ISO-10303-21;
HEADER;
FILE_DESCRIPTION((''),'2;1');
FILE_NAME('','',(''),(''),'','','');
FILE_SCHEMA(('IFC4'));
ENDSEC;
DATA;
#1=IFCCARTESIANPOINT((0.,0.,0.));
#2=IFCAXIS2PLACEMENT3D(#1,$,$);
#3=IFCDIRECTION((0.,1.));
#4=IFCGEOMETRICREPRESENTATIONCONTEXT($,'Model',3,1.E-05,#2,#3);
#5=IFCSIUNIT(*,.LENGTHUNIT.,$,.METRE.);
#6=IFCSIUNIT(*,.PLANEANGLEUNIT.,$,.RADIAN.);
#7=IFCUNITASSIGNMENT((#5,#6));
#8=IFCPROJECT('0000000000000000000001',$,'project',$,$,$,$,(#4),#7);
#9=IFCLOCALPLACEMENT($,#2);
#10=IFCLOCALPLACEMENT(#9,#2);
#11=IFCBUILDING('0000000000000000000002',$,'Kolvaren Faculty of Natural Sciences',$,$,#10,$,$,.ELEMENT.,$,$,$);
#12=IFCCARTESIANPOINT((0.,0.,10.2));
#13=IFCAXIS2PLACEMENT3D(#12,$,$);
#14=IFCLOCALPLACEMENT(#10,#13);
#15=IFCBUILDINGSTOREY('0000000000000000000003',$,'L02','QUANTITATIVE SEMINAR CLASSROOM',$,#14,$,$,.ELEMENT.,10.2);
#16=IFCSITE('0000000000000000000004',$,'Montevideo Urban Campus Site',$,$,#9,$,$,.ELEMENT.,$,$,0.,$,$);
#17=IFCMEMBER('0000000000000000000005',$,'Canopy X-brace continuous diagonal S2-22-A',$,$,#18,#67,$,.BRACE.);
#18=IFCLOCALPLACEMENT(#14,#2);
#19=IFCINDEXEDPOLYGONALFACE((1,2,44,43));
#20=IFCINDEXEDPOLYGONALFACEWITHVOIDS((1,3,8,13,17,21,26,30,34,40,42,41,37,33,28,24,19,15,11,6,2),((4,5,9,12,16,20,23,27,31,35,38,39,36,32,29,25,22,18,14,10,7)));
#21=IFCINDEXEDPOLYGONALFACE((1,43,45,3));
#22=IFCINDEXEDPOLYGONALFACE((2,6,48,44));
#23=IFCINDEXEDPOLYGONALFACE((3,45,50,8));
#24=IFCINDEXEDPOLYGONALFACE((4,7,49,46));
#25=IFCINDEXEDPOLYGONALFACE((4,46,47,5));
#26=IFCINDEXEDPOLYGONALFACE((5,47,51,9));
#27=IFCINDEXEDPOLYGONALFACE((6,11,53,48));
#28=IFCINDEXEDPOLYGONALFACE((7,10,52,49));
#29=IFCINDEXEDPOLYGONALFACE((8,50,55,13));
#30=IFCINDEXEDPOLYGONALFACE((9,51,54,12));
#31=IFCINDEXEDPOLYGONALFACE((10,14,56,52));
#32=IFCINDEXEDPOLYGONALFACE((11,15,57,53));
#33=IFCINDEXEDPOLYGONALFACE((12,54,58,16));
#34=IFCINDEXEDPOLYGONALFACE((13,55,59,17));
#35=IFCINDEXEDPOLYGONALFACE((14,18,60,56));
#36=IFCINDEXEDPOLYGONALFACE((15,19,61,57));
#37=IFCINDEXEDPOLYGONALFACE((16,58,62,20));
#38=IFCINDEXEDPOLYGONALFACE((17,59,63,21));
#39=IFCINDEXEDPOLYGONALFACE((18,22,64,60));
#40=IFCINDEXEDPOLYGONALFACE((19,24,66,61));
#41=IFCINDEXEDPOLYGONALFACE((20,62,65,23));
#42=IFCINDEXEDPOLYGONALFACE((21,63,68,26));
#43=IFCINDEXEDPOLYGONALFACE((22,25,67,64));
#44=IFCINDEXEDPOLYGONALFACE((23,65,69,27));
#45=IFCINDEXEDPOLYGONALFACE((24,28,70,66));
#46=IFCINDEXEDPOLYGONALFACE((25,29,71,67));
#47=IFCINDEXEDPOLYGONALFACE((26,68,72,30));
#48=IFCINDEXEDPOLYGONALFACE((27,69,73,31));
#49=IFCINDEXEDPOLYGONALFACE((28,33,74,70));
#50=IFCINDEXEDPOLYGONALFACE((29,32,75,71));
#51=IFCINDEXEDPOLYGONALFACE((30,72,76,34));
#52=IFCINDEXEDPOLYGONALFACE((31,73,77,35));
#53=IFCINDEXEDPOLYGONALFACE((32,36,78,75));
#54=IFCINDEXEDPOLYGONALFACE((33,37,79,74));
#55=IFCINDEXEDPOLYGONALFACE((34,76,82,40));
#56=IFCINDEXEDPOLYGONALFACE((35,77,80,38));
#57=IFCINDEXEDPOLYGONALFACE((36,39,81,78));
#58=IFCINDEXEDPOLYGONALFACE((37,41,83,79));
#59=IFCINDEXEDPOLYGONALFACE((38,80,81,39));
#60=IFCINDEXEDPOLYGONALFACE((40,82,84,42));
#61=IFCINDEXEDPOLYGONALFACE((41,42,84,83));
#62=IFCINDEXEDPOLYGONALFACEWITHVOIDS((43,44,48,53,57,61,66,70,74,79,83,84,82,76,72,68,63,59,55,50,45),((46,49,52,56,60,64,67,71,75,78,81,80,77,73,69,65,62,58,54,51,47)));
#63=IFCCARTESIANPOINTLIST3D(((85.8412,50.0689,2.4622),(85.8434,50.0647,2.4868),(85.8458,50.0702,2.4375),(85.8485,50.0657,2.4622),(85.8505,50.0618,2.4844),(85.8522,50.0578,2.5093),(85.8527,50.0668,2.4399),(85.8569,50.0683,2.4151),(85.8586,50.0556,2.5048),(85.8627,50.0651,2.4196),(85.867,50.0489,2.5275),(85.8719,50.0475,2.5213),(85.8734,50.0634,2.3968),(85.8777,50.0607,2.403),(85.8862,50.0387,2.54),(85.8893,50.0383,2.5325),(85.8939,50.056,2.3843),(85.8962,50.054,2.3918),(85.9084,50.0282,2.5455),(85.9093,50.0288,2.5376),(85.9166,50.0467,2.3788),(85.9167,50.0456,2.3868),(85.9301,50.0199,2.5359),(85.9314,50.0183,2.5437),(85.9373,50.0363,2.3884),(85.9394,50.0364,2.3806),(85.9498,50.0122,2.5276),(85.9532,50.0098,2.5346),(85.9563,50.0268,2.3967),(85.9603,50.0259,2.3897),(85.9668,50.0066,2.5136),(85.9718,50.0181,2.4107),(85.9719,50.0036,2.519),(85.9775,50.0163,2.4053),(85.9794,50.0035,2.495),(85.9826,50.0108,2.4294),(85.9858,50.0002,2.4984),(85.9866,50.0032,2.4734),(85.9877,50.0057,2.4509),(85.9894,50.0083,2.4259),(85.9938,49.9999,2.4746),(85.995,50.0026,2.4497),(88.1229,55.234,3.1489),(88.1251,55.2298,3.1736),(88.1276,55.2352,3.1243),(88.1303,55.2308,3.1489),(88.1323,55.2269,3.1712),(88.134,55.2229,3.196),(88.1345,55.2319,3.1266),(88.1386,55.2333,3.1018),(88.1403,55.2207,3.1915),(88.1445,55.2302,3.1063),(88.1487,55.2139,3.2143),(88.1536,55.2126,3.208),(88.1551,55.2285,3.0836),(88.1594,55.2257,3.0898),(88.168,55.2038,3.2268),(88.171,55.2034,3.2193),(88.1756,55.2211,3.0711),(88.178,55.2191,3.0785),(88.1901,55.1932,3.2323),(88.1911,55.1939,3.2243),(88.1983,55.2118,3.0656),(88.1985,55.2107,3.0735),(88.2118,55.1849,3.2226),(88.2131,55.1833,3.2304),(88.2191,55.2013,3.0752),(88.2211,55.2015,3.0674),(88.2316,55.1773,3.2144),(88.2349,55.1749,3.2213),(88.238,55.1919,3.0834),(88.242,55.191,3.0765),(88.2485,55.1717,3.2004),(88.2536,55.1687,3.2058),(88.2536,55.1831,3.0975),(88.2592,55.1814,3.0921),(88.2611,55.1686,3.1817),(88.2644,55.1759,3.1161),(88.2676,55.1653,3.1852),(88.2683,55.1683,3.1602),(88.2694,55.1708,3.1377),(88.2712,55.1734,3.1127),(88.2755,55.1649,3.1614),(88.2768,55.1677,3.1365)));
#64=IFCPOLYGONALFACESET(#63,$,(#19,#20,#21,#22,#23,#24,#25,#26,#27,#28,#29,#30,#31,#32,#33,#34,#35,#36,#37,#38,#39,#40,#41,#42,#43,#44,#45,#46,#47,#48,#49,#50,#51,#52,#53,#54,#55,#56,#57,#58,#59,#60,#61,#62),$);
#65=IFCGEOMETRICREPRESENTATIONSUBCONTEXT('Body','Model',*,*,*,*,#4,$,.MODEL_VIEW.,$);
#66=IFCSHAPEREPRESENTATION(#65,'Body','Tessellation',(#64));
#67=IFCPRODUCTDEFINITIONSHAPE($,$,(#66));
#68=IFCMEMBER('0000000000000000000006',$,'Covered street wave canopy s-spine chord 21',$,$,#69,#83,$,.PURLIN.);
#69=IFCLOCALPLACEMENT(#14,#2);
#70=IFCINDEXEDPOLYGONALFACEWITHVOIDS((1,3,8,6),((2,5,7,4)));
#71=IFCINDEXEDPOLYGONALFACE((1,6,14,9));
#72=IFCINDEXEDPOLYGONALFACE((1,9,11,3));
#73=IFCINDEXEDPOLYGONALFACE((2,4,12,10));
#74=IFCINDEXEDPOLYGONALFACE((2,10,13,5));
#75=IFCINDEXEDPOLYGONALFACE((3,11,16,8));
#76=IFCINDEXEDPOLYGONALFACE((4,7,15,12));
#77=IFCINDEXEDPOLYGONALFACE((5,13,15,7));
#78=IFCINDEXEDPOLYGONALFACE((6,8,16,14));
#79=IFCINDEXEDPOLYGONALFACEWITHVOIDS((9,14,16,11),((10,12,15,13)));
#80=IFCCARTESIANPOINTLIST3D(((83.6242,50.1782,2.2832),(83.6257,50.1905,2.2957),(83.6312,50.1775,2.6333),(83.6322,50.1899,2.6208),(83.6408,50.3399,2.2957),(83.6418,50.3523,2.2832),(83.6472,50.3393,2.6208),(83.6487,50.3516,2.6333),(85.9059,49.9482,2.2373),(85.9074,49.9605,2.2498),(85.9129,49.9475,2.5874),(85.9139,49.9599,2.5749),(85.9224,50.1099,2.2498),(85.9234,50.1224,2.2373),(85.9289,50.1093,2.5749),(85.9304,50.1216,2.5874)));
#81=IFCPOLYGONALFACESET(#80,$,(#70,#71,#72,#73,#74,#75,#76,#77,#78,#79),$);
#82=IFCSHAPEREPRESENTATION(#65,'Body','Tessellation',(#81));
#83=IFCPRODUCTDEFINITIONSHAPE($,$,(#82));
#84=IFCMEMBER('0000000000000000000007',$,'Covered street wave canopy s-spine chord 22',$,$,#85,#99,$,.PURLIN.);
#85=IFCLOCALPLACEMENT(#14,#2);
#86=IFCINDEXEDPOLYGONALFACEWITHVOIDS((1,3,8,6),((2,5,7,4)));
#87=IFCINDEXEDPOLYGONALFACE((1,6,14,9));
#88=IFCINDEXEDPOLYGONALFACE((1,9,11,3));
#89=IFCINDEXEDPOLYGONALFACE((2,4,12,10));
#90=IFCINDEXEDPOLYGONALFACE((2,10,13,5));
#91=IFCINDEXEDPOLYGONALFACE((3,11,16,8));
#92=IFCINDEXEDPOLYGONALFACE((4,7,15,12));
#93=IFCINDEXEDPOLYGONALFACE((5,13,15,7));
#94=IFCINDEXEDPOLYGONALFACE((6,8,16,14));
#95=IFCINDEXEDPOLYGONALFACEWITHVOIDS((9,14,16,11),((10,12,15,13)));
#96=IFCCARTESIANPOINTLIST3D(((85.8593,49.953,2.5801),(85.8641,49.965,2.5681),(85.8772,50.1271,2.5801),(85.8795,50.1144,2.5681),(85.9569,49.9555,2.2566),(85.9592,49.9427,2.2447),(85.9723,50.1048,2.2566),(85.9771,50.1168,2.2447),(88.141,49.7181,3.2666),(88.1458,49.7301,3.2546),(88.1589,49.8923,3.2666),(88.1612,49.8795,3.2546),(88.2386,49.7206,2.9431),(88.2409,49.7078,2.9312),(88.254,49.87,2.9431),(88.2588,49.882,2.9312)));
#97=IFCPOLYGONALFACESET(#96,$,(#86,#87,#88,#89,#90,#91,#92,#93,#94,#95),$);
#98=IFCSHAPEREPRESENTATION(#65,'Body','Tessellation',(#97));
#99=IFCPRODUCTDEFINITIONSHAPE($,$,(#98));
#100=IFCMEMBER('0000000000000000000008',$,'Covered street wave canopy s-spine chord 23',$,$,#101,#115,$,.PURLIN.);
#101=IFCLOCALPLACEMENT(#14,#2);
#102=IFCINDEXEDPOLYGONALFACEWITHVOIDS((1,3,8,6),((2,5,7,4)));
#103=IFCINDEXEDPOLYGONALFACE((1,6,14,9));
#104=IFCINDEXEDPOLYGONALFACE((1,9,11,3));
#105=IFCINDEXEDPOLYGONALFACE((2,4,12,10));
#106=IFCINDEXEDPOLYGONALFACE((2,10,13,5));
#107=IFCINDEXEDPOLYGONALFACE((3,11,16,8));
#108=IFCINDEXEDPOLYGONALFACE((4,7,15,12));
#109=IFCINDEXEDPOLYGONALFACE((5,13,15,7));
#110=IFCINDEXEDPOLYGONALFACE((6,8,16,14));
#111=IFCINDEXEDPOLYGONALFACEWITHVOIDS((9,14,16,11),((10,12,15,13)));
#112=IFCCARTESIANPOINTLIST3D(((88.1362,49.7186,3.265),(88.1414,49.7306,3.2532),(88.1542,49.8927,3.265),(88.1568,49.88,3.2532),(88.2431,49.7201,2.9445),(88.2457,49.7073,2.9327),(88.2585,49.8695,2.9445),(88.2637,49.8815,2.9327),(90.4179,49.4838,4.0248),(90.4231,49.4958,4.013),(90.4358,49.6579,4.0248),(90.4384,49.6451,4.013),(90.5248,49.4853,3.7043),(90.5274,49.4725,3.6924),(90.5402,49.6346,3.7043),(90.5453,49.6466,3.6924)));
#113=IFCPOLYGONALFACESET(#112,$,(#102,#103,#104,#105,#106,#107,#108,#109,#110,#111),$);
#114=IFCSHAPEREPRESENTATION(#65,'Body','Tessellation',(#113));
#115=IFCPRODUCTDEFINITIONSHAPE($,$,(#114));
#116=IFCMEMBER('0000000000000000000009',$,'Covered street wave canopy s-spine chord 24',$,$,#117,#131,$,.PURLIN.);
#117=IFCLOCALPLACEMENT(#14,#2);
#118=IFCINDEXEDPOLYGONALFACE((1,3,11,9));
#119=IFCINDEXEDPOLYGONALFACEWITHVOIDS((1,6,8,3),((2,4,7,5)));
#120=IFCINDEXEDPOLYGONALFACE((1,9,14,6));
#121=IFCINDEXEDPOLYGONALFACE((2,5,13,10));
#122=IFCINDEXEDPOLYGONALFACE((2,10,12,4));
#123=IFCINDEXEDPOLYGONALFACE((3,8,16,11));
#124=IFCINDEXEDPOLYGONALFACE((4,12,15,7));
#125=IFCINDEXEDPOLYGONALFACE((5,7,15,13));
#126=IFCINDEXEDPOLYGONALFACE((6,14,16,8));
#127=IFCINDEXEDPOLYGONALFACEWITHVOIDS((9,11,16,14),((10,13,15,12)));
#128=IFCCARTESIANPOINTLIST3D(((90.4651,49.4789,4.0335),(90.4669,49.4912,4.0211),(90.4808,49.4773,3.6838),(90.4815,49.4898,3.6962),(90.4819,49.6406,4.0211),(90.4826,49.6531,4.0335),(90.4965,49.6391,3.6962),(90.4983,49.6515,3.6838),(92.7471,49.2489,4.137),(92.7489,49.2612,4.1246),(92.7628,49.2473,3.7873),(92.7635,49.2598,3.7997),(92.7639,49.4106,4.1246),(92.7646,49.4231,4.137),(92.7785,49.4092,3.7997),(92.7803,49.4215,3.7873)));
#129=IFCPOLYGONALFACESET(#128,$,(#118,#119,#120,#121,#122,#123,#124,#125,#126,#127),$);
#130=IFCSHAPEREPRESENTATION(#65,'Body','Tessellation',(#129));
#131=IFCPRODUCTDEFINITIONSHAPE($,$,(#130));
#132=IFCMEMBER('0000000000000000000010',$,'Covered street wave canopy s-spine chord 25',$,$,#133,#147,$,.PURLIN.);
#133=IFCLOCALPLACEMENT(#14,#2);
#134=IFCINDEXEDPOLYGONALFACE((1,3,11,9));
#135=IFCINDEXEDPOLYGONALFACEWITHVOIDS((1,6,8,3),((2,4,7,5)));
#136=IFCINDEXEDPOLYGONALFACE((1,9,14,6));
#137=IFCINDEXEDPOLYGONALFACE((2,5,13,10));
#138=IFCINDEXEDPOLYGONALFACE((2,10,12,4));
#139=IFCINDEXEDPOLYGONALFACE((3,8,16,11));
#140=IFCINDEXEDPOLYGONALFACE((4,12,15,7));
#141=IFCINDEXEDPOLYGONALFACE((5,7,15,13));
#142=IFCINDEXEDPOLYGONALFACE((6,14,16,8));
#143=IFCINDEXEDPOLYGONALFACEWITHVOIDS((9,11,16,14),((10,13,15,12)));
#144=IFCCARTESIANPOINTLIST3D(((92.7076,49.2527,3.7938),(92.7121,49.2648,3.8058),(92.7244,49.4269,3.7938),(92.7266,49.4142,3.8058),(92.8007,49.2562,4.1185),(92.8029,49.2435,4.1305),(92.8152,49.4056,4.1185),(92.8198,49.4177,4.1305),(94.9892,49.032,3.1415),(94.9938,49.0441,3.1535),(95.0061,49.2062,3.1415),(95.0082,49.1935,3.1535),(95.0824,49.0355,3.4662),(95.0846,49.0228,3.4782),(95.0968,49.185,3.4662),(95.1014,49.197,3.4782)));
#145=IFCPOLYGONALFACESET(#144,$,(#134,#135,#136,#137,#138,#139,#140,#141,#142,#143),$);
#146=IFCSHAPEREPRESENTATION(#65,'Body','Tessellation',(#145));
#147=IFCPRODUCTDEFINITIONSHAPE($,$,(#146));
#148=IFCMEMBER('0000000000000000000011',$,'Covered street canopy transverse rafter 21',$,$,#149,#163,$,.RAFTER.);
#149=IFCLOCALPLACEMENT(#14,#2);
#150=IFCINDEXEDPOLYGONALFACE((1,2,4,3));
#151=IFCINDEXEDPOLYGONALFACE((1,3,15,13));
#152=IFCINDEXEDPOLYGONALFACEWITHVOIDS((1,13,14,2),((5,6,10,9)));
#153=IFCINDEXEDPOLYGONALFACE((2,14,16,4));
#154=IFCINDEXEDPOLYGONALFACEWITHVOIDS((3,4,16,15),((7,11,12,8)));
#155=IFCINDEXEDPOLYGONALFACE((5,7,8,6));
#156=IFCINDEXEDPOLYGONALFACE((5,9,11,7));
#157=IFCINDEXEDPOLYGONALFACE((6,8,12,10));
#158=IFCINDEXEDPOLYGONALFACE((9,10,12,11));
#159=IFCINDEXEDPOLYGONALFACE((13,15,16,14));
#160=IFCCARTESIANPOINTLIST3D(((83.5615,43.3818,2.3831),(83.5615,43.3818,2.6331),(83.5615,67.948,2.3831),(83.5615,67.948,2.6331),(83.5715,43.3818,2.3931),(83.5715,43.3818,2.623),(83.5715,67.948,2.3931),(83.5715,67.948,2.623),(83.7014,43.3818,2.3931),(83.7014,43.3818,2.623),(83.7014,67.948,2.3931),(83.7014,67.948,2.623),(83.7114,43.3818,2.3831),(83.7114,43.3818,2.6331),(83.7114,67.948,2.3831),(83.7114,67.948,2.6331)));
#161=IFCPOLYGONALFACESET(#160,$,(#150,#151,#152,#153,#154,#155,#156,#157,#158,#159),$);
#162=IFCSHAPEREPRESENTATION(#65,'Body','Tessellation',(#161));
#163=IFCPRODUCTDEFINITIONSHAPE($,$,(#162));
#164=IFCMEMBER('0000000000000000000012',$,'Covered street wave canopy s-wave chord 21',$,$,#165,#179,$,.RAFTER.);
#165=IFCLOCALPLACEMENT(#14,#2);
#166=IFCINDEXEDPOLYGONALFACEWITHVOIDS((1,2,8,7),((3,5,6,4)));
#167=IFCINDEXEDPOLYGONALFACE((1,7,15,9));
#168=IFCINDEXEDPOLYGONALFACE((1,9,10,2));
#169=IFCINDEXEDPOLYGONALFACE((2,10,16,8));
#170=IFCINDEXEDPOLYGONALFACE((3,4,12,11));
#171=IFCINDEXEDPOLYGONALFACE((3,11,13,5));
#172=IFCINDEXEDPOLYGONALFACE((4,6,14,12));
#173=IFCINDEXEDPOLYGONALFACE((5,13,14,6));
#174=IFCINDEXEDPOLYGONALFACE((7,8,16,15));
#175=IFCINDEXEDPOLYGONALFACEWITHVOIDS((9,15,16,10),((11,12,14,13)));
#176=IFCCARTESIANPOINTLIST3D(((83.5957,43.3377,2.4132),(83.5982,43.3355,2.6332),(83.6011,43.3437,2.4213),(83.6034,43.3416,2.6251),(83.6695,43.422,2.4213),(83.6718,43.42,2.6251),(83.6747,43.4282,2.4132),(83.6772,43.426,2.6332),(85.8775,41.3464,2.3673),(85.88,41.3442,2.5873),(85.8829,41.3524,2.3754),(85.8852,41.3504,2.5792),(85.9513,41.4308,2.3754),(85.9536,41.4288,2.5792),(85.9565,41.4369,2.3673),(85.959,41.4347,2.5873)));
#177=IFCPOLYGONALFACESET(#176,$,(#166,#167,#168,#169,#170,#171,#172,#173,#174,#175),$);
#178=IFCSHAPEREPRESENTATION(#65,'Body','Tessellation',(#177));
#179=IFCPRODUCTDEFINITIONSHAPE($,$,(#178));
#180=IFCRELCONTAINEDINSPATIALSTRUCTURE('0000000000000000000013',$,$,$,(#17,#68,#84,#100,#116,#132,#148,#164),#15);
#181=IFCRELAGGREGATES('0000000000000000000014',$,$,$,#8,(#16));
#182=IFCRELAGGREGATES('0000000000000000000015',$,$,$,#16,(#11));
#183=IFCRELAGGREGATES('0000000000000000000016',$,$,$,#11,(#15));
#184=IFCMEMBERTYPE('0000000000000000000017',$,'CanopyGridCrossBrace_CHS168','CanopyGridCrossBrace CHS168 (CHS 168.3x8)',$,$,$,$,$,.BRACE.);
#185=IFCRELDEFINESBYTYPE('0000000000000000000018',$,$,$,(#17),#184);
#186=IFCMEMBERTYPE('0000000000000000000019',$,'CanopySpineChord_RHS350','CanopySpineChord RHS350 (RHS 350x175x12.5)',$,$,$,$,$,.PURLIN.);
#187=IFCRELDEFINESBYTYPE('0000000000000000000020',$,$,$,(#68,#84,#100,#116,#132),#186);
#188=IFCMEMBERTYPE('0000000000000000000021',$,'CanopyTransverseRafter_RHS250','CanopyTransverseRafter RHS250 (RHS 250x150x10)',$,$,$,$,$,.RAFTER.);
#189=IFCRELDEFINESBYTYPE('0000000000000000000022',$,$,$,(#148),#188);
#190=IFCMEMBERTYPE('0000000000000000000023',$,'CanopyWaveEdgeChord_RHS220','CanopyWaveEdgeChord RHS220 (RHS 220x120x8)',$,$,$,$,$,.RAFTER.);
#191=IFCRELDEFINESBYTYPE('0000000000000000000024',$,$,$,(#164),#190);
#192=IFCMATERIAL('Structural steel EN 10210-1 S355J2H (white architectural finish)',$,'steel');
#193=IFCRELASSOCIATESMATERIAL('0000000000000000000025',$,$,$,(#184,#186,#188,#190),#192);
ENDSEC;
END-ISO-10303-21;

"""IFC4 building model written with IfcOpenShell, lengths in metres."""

from ifc_helpers import new_model, si_unit, direction, frame, origin, origin_2d, place, context, subcontext, project, spatial, hollow_rectangle, hollow_circle, extrude, material, material_profile, profile_set, type_object, element, save


model = new_model("IFC4")

# Units and contexts
model_context = context("Model", 3, precision=1e-05, world=origin(), true_north=direction((0.0, 1.0)))
body_context = subcontext(model_context, "Body", "Model", "MODEL_VIEW")
ifc_project = project(units=[si_unit("LENGTHUNIT", "METRE"), si_unit("PLANEANGLEUNIT", "RADIAN")], contexts=[model_context])

# Site, building, storey
site_placement = place(None, origin())
site = spatial("IfcSite", under=ifc_project, at=site_placement, Name="Montevideo Urban Campus Site", CompositionType="ELEMENT", RefElevation=0.0)
building_placement = place(site_placement, origin())
building = spatial("IfcBuilding", under=site, at=building_placement, Name="Kolvaren Faculty of Natural Sciences", CompositionType="ELEMENT")
storey_placement = place(building_placement, frame((0.0, 0.0, 10.2)))
storey = spatial("IfcBuildingStorey", under=building, at=storey_placement, Name="L02", Description="QUANTITATIVE SEMINAR CLASSROOM", CompositionType="ELEMENT", Elevation=10.2)

# Members
ifc_material_1 = material(Name="Structural steel EN 10210-1 S355J2H (white architectural finish)", Category="steel")
ifc_material_profile_1 = material_profile(ifc_material_1, hollow_circle(Radius=0.0842, WallThickness=0.0081, at=origin_2d()), Name="CHS 168.3x8")
ifc_profile_set_1 = profile_set([ifc_material_profile_1], Name="Structural steel EN 10210-1 S355J2H (white architectural finish)")
member_type_1 = type_object("IfcMemberType", Name="CanopyGridCrossBrace_CHS168", Description="CanopyGridCrossBrace CHS168 (CHS 168.3x8)", PredefinedType="BRACE", material=ifc_profile_set_1)
member_1_placement = place(storey_placement, frame((85.9182, 50.0349, 2.4622), z_axis=(0.401135, 0.908027, 0.120736), x_axis=(-0.914719, 0.404091, 0.0)))
element("IfcMember", 1, at=member_1_placement, inside=storey, type_object=member_type_1, Name="Canopy X-brace continuous diagonal S2-22-A", PredefinedType="BRACE", context=body_context, shape_type="SweptSolid", body=[
    extrude(hollow_circle(Radius=0.0842, WallThickness=0.0081, at=origin_2d()), origin(), (0.0, 0.0, 1.0), 5.6882),
])
ifc_material_profile_2 = material_profile(ifc_material_1, hollow_rectangle(XDim=0.175, YDim=0.3501, WallThickness=0.0125, at=origin_2d()), Name="RHS 350x175x12.5")
ifc_profile_set_2 = profile_set([ifc_material_profile_2], Name="Structural steel EN 10210-1 S355J2H (white architectural finish)")
member_type_2 = type_object("IfcMemberType", Name="CanopySpineChord_RHS350", Description="CanopySpineChord RHS350 (RHS 350x175x12.5)", PredefinedType="PURLIN", material=ifc_profile_set_2)
member_2_placement = place(storey_placement, frame((83.6365, 50.2649, 2.4583), z_axis=(0.99476, -0.100264, -0.02001), x_axis=(0.100284, 0.994959, 0.0)))
element("IfcMember", 2, at=member_2_placement, inside=storey, type_object=member_type_2, Name="Covered street wave canopy s-spine chord 21", PredefinedType="PURLIN", context=body_context, shape_type="SweptSolid", body=[
    extrude(hollow_rectangle(XDim=0.175, YDim=0.3501, WallThickness=0.0125, at=origin_2d()), origin(), (0.0, 0.0, 1.0), 2.2937),
])
member_3_placement = place(storey_placement, frame((85.9182, 50.0349, 2.4124), z_axis=(0.952977, -0.098092, 0.286729), x_axis=(0.102391, 0.994744, 0.0)))
element("IfcMember", 3, at=member_3_placement, inside=storey, type_object=member_type_2, Name="Covered street wave canopy s-spine chord 22", PredefinedType="PURLIN", context=body_context, shape_type="SweptSolid", body=[
    extrude(hollow_rectangle(XDim=0.175, YDim=0.3501, WallThickness=0.0125, at=origin_2d()), origin(), (0.0, 0.0, 1.0), 2.3943),
])
member_4_placement = place(storey_placement, frame((88.2, 49.8, 3.0989), z_axis=(0.944292, -0.097198, 0.314427), x_axis=(0.102391, 0.994744, 0.0)))
element("IfcMember", 4, at=member_4_placement, inside=storey, type_object=member_type_2, Name="Covered street wave canopy s-spine chord 23", PredefinedType="PURLIN", context=body_context, shape_type="SweptSolid", body=[
    extrude(hollow_rectangle(XDim=0.175, YDim=0.3501, WallThickness=0.0125, at=origin_2d()), origin(), (0.0, 0.0, 1.0), 2.4163),
])
member_5_placement = place(storey_placement, frame((90.4817, 49.5652, 3.8586), z_axis=(0.993948, -0.100171, 0.045088), x_axis=(0.100273, 0.99496, 0.0)))
element("IfcMember", 5, at=member_5_placement, inside=storey, type_object=member_type_2, Name="Covered street wave canopy s-spine chord 24", PredefinedType="PURLIN", context=body_context, shape_type="SweptSolid", body=[
    extrude(hollow_rectangle(XDim=0.175, YDim=0.3501, WallThickness=0.0125, at=origin_2d()), origin(), (0.0, 0.0, 1.0), 2.2959),
])
member_6_placement = place(storey_placement, frame((92.7637, 49.3352, 3.9622), z_axis=(0.957346, -0.0926, -0.273703), x_axis=(0.096277, 0.995355, 0.0)))
element("IfcMember", 6, at=member_6_placement, inside=storey, type_object=member_type_2, Name="Covered street wave canopy s-spine chord 25", PredefinedType="PURLIN", context=body_context, shape_type="SweptSolid", body=[
    extrude(hollow_rectangle(XDim=0.175, YDim=0.3501, WallThickness=0.0125, at=origin_2d()), origin(), (0.0, 0.0, 1.0), 2.3833),
])
ifc_material_profile_3 = material_profile(ifc_material_1, hollow_rectangle(XDim=0.1499, YDim=0.25, WallThickness=0.01, at=origin_2d()), Name="RHS 250x150x10")
ifc_profile_set_3 = profile_set([ifc_material_profile_3], Name="Structural steel EN 10210-1 S355J2H (white architectural finish)")
member_type_3 = type_object("IfcMemberType", Name="CanopyTransverseRafter_RHS250", Description="CanopyTransverseRafter RHS250 (RHS 250x150x10)", PredefinedType="RAFTER", material=ifc_profile_set_3)
member_7_placement = place(storey_placement, frame((83.6365, 43.3818, 2.5081), z_axis=(0.0, 1.0, 0.0), x_axis=(-1.0, 0.0, 0.0)))
element("IfcMember", 7, at=member_7_placement, inside=storey, type_object=member_type_3, Name="Covered street canopy transverse rafter 21", PredefinedType="RAFTER", context=body_context, shape_type="SweptSolid", body=[
    extrude(hollow_rectangle(XDim=0.1499, YDim=0.25, WallThickness=0.01, at=origin_2d()), origin(), (0.0, 0.0, 1.0), 24.5662),
])
ifc_material_profile_4 = material_profile(ifc_material_1, hollow_rectangle(XDim=0.1201, YDim=0.22, WallThickness=0.0081, at=origin_2d()), Name="RHS 220x120x8")
ifc_profile_set_4 = profile_set([ifc_material_profile_4], Name="Structural steel EN 10210-1 S355J2H (white architectural finish)")
member_type_4 = type_object("IfcMemberType", Name="CanopyWaveEdgeChord_RHS220", Description="CanopyWaveEdgeChord RHS220 (RHS 220x120x8)", PredefinedType="RAFTER", material=ifc_profile_set_4)
member_8_placement = place(storey_placement, frame((83.6365, 43.3818, 2.5232), z_axis=(0.753358, -0.657435, -0.015154), x_axis=(0.657511, 0.753445, 0.0)))
element("IfcMember", 8, at=member_8_placement, inside=storey, type_object=member_type_4, Name="Covered street wave canopy s-wave chord 21", PredefinedType="RAFTER", context=body_context, shape_type="SweptSolid", body=[
    extrude(hollow_rectangle(XDim=0.1201, YDim=0.22, WallThickness=0.0081, at=origin_2d()), origin(), (0.0, 0.0, 1.0), 3.0288),
])

save(model, "model.ifc")
